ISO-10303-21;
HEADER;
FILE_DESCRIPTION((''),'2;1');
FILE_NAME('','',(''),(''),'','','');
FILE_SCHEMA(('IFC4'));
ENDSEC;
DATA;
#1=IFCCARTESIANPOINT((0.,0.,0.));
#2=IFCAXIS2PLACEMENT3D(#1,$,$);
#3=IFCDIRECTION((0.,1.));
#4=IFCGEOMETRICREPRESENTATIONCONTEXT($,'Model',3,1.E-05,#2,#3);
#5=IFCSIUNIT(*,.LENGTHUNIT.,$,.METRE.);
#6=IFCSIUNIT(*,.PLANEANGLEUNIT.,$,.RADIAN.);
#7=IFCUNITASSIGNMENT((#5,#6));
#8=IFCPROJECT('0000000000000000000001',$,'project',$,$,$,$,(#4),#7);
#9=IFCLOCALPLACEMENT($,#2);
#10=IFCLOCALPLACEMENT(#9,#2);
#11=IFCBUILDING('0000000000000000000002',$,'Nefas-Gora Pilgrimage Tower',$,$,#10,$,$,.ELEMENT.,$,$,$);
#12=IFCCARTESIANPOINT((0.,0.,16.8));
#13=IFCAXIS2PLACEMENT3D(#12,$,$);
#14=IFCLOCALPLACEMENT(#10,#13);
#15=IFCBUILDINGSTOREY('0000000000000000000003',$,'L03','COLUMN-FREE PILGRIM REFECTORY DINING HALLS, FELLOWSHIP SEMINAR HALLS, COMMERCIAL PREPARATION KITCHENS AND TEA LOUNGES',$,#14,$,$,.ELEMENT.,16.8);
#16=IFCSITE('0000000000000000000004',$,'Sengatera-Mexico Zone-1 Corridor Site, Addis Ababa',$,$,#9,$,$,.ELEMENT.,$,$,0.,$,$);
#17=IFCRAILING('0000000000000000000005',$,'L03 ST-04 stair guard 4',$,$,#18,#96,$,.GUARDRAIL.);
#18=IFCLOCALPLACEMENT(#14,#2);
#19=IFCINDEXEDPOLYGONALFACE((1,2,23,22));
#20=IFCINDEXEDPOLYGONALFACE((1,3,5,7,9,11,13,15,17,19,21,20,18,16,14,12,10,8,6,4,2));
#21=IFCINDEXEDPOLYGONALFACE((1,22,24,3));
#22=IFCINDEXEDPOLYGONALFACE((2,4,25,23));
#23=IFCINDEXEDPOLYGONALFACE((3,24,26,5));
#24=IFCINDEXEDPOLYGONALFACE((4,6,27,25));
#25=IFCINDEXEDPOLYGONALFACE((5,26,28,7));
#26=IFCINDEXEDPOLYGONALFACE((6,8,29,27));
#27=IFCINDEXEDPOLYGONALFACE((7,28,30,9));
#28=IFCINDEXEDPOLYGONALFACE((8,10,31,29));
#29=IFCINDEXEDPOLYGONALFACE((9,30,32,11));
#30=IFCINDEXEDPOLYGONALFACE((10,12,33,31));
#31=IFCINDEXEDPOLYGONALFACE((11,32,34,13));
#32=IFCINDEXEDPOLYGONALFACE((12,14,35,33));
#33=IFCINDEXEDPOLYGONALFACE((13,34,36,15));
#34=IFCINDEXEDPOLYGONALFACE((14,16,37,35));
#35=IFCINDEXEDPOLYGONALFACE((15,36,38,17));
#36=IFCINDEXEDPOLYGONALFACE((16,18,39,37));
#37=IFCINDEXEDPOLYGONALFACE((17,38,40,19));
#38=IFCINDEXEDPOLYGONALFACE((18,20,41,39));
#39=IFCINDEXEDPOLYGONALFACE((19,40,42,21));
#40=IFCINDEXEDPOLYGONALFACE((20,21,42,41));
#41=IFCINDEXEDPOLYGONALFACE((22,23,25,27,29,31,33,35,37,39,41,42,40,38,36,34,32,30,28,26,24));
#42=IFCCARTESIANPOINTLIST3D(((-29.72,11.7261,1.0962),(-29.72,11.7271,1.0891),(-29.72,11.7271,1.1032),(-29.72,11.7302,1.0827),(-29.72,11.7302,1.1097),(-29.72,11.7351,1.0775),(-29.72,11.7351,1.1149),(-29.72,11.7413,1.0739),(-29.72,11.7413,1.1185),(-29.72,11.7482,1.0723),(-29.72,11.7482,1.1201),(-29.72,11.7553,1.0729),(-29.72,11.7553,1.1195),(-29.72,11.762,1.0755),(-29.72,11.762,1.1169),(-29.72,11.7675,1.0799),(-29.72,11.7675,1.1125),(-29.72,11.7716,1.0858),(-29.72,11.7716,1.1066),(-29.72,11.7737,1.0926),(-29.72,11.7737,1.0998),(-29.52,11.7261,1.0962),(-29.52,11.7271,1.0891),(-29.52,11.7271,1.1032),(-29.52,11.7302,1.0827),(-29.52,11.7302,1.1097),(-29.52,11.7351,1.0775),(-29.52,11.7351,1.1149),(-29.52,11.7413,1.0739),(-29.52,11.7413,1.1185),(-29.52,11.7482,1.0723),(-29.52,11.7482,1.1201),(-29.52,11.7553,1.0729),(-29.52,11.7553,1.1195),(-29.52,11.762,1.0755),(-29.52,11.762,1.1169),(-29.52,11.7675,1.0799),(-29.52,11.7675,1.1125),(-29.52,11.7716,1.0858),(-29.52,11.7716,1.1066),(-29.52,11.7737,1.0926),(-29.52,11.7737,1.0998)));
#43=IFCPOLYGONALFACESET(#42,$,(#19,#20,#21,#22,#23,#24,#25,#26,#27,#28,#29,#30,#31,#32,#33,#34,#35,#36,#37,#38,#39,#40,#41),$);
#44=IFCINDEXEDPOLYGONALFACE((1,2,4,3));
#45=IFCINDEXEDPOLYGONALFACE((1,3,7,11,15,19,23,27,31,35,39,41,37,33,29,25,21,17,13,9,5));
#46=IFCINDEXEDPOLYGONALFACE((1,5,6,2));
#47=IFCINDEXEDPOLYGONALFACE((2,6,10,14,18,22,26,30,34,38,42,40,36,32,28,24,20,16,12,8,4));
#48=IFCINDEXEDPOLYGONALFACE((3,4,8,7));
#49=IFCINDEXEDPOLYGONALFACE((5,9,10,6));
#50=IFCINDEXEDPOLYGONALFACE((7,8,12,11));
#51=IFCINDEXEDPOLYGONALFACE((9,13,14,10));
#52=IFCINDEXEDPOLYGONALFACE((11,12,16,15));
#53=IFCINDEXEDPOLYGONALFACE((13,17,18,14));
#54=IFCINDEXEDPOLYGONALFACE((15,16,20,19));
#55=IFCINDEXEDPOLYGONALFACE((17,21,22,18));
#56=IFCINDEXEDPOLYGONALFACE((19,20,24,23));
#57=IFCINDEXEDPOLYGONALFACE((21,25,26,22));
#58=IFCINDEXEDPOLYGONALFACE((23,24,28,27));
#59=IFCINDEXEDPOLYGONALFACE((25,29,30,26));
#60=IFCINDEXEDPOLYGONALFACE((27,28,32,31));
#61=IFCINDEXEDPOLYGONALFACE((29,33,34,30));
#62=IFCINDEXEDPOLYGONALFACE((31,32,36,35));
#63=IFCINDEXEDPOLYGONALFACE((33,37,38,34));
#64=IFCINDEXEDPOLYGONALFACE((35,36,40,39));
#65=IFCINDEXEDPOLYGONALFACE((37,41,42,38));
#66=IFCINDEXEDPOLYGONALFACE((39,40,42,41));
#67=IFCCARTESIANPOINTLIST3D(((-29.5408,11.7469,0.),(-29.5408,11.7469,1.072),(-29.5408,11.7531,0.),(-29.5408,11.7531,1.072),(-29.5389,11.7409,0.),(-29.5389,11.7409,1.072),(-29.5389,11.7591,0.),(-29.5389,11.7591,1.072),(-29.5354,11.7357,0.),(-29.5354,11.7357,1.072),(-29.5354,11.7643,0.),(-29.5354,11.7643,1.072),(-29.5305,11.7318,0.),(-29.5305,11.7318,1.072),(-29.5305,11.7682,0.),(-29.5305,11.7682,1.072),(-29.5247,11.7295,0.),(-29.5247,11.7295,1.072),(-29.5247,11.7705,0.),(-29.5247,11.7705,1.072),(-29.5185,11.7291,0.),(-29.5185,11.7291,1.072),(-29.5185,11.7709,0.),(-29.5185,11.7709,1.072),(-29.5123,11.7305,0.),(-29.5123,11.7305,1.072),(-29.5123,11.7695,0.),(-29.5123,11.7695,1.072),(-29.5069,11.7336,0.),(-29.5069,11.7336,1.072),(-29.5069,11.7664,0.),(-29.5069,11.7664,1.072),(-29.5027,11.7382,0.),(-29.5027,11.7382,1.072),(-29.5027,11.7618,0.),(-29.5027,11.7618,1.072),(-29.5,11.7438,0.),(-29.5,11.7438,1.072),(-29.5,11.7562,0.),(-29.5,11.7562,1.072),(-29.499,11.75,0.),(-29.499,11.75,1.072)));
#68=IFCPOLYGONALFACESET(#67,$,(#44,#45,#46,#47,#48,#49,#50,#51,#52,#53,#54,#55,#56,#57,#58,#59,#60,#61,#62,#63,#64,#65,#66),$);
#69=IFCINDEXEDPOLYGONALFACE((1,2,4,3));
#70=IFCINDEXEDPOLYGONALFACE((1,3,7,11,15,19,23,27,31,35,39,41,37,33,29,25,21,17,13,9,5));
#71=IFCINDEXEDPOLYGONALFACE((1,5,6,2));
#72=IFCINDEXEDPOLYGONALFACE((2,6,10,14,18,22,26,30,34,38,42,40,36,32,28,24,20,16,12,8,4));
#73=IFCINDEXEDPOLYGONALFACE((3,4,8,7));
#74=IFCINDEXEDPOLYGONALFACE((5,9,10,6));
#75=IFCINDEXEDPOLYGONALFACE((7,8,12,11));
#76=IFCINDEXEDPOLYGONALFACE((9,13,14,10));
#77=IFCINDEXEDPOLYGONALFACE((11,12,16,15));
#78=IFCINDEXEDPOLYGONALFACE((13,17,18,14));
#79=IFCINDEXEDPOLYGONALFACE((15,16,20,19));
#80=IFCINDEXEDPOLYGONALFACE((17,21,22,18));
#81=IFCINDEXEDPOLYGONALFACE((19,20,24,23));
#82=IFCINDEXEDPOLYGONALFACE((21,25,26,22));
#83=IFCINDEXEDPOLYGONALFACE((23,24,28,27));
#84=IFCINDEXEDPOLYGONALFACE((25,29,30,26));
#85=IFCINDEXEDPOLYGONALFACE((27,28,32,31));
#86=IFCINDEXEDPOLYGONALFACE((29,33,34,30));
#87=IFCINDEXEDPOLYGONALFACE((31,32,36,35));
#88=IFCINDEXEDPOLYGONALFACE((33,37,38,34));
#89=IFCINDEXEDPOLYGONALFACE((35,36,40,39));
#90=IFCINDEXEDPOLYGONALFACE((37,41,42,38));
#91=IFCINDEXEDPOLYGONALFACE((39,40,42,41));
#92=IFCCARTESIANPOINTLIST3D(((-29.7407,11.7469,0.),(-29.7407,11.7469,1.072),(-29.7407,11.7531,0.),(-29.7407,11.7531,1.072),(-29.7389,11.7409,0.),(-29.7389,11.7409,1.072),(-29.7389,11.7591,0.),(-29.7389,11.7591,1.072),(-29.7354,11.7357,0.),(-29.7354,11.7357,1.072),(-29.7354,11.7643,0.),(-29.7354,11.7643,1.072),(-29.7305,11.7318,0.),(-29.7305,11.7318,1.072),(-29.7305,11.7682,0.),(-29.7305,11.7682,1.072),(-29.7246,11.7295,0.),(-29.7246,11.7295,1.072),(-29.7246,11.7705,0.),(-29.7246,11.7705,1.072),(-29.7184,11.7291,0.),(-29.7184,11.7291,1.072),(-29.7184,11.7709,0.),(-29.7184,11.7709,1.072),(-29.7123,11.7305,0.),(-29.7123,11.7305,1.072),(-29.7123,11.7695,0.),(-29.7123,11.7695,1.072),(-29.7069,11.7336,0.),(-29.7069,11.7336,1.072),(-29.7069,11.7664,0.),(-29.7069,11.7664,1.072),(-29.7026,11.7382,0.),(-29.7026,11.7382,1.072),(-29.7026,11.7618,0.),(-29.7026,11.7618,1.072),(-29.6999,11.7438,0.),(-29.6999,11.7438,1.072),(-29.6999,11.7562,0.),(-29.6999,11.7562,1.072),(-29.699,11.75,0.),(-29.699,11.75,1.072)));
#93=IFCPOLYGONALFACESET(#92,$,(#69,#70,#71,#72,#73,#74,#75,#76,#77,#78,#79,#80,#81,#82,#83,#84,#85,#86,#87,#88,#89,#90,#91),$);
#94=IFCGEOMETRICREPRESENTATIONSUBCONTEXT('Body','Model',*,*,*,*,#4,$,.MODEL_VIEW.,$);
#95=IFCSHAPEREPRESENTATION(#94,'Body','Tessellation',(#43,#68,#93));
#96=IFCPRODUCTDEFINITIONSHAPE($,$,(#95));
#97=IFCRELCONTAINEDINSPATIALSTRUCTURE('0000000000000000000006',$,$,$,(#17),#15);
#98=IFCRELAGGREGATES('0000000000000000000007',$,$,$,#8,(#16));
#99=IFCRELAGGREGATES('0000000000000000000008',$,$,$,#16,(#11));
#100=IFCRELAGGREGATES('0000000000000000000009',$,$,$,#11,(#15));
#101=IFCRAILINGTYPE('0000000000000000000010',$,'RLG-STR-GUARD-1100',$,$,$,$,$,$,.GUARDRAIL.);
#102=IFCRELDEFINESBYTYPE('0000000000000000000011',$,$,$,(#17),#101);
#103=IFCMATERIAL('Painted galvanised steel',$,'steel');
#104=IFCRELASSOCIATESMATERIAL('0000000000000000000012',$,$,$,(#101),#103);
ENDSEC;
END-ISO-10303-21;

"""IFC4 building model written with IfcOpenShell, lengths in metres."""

from ifc_helpers import new_model, si_unit, direction, frame, origin, origin_2d, place, context, subcontext, project, spatial, circle, extrude, material, type_object, element, save


model = new_model("IFC4")

# Units and contexts
model_context = context("Model", 3, precision=1e-05, world=origin(), true_north=direction((0.0, 1.0)))
body_context = subcontext(model_context, "Body", "Model", "MODEL_VIEW")
ifc_project = project(units=[si_unit("LENGTHUNIT", "METRE"), si_unit("PLANEANGLEUNIT", "RADIAN")], contexts=[model_context])

# Site, building, storey
site_placement = place(None, origin())
site = spatial("IfcSite", under=ifc_project, at=site_placement, Name="Sengatera-Mexico Zone-1 Corridor Site, Addis Ababa", CompositionType="ELEMENT", RefElevation=0.0)
building_placement = place(site_placement, origin())
building = spatial("IfcBuilding", under=site, at=building_placement, Name="Nefas-Gora Pilgrimage Tower", CompositionType="ELEMENT")
storey_placement = place(building_placement, frame((0.0, 0.0, 16.8)))
storey = spatial("IfcBuildingStorey", under=building, at=storey_placement, Name="L03", Description="COLUMN-FREE PILGRIM REFECTORY DINING HALLS, FELLOWSHIP SEMINAR HALLS, COMMERCIAL PREPARATION KITCHENS AND TEA LOUNGES", CompositionType="ELEMENT", Elevation=16.8)

# Railing
ifc_material_1 = material(Name="Painted galvanised steel", Category="steel")
railing_type_1 = type_object("IfcRailingType", Name="RLG-STR-GUARD-1100", PredefinedType="GUARDRAIL", material=ifc_material_1)
railing_1_placement = place(storey_placement, frame((-29.52, 11.75, 0.0)))
element("IfcRailing", 1, at=railing_1_placement, inside=storey, type_object=railing_type_1, Name="L03 ST-04 stair guard 4", PredefinedType="GUARDRAIL", context=body_context, shape_type="SweptSolid", body=[
    extrude(circle(Radius=0.0239, at=origin_2d()), frame((0.0, 0.0, 1.0962), z_axis=(-1.0, 0.0, 0.0), x_axis=(0.0, -1.0, 0.0)), (0.0, 0.0, 1.0), 0.2),
    extrude(circle(Radius=0.021, at=origin_2d()), origin(), (0.0, 0.0, 1.0), 1.072),
    extrude(circle(Radius=0.021, at=origin_2d()), frame((-0.2, 0.0, 0.0)), (0.0, 0.0, 1.0), 1.072),
])

save(model, "model.ifc")
